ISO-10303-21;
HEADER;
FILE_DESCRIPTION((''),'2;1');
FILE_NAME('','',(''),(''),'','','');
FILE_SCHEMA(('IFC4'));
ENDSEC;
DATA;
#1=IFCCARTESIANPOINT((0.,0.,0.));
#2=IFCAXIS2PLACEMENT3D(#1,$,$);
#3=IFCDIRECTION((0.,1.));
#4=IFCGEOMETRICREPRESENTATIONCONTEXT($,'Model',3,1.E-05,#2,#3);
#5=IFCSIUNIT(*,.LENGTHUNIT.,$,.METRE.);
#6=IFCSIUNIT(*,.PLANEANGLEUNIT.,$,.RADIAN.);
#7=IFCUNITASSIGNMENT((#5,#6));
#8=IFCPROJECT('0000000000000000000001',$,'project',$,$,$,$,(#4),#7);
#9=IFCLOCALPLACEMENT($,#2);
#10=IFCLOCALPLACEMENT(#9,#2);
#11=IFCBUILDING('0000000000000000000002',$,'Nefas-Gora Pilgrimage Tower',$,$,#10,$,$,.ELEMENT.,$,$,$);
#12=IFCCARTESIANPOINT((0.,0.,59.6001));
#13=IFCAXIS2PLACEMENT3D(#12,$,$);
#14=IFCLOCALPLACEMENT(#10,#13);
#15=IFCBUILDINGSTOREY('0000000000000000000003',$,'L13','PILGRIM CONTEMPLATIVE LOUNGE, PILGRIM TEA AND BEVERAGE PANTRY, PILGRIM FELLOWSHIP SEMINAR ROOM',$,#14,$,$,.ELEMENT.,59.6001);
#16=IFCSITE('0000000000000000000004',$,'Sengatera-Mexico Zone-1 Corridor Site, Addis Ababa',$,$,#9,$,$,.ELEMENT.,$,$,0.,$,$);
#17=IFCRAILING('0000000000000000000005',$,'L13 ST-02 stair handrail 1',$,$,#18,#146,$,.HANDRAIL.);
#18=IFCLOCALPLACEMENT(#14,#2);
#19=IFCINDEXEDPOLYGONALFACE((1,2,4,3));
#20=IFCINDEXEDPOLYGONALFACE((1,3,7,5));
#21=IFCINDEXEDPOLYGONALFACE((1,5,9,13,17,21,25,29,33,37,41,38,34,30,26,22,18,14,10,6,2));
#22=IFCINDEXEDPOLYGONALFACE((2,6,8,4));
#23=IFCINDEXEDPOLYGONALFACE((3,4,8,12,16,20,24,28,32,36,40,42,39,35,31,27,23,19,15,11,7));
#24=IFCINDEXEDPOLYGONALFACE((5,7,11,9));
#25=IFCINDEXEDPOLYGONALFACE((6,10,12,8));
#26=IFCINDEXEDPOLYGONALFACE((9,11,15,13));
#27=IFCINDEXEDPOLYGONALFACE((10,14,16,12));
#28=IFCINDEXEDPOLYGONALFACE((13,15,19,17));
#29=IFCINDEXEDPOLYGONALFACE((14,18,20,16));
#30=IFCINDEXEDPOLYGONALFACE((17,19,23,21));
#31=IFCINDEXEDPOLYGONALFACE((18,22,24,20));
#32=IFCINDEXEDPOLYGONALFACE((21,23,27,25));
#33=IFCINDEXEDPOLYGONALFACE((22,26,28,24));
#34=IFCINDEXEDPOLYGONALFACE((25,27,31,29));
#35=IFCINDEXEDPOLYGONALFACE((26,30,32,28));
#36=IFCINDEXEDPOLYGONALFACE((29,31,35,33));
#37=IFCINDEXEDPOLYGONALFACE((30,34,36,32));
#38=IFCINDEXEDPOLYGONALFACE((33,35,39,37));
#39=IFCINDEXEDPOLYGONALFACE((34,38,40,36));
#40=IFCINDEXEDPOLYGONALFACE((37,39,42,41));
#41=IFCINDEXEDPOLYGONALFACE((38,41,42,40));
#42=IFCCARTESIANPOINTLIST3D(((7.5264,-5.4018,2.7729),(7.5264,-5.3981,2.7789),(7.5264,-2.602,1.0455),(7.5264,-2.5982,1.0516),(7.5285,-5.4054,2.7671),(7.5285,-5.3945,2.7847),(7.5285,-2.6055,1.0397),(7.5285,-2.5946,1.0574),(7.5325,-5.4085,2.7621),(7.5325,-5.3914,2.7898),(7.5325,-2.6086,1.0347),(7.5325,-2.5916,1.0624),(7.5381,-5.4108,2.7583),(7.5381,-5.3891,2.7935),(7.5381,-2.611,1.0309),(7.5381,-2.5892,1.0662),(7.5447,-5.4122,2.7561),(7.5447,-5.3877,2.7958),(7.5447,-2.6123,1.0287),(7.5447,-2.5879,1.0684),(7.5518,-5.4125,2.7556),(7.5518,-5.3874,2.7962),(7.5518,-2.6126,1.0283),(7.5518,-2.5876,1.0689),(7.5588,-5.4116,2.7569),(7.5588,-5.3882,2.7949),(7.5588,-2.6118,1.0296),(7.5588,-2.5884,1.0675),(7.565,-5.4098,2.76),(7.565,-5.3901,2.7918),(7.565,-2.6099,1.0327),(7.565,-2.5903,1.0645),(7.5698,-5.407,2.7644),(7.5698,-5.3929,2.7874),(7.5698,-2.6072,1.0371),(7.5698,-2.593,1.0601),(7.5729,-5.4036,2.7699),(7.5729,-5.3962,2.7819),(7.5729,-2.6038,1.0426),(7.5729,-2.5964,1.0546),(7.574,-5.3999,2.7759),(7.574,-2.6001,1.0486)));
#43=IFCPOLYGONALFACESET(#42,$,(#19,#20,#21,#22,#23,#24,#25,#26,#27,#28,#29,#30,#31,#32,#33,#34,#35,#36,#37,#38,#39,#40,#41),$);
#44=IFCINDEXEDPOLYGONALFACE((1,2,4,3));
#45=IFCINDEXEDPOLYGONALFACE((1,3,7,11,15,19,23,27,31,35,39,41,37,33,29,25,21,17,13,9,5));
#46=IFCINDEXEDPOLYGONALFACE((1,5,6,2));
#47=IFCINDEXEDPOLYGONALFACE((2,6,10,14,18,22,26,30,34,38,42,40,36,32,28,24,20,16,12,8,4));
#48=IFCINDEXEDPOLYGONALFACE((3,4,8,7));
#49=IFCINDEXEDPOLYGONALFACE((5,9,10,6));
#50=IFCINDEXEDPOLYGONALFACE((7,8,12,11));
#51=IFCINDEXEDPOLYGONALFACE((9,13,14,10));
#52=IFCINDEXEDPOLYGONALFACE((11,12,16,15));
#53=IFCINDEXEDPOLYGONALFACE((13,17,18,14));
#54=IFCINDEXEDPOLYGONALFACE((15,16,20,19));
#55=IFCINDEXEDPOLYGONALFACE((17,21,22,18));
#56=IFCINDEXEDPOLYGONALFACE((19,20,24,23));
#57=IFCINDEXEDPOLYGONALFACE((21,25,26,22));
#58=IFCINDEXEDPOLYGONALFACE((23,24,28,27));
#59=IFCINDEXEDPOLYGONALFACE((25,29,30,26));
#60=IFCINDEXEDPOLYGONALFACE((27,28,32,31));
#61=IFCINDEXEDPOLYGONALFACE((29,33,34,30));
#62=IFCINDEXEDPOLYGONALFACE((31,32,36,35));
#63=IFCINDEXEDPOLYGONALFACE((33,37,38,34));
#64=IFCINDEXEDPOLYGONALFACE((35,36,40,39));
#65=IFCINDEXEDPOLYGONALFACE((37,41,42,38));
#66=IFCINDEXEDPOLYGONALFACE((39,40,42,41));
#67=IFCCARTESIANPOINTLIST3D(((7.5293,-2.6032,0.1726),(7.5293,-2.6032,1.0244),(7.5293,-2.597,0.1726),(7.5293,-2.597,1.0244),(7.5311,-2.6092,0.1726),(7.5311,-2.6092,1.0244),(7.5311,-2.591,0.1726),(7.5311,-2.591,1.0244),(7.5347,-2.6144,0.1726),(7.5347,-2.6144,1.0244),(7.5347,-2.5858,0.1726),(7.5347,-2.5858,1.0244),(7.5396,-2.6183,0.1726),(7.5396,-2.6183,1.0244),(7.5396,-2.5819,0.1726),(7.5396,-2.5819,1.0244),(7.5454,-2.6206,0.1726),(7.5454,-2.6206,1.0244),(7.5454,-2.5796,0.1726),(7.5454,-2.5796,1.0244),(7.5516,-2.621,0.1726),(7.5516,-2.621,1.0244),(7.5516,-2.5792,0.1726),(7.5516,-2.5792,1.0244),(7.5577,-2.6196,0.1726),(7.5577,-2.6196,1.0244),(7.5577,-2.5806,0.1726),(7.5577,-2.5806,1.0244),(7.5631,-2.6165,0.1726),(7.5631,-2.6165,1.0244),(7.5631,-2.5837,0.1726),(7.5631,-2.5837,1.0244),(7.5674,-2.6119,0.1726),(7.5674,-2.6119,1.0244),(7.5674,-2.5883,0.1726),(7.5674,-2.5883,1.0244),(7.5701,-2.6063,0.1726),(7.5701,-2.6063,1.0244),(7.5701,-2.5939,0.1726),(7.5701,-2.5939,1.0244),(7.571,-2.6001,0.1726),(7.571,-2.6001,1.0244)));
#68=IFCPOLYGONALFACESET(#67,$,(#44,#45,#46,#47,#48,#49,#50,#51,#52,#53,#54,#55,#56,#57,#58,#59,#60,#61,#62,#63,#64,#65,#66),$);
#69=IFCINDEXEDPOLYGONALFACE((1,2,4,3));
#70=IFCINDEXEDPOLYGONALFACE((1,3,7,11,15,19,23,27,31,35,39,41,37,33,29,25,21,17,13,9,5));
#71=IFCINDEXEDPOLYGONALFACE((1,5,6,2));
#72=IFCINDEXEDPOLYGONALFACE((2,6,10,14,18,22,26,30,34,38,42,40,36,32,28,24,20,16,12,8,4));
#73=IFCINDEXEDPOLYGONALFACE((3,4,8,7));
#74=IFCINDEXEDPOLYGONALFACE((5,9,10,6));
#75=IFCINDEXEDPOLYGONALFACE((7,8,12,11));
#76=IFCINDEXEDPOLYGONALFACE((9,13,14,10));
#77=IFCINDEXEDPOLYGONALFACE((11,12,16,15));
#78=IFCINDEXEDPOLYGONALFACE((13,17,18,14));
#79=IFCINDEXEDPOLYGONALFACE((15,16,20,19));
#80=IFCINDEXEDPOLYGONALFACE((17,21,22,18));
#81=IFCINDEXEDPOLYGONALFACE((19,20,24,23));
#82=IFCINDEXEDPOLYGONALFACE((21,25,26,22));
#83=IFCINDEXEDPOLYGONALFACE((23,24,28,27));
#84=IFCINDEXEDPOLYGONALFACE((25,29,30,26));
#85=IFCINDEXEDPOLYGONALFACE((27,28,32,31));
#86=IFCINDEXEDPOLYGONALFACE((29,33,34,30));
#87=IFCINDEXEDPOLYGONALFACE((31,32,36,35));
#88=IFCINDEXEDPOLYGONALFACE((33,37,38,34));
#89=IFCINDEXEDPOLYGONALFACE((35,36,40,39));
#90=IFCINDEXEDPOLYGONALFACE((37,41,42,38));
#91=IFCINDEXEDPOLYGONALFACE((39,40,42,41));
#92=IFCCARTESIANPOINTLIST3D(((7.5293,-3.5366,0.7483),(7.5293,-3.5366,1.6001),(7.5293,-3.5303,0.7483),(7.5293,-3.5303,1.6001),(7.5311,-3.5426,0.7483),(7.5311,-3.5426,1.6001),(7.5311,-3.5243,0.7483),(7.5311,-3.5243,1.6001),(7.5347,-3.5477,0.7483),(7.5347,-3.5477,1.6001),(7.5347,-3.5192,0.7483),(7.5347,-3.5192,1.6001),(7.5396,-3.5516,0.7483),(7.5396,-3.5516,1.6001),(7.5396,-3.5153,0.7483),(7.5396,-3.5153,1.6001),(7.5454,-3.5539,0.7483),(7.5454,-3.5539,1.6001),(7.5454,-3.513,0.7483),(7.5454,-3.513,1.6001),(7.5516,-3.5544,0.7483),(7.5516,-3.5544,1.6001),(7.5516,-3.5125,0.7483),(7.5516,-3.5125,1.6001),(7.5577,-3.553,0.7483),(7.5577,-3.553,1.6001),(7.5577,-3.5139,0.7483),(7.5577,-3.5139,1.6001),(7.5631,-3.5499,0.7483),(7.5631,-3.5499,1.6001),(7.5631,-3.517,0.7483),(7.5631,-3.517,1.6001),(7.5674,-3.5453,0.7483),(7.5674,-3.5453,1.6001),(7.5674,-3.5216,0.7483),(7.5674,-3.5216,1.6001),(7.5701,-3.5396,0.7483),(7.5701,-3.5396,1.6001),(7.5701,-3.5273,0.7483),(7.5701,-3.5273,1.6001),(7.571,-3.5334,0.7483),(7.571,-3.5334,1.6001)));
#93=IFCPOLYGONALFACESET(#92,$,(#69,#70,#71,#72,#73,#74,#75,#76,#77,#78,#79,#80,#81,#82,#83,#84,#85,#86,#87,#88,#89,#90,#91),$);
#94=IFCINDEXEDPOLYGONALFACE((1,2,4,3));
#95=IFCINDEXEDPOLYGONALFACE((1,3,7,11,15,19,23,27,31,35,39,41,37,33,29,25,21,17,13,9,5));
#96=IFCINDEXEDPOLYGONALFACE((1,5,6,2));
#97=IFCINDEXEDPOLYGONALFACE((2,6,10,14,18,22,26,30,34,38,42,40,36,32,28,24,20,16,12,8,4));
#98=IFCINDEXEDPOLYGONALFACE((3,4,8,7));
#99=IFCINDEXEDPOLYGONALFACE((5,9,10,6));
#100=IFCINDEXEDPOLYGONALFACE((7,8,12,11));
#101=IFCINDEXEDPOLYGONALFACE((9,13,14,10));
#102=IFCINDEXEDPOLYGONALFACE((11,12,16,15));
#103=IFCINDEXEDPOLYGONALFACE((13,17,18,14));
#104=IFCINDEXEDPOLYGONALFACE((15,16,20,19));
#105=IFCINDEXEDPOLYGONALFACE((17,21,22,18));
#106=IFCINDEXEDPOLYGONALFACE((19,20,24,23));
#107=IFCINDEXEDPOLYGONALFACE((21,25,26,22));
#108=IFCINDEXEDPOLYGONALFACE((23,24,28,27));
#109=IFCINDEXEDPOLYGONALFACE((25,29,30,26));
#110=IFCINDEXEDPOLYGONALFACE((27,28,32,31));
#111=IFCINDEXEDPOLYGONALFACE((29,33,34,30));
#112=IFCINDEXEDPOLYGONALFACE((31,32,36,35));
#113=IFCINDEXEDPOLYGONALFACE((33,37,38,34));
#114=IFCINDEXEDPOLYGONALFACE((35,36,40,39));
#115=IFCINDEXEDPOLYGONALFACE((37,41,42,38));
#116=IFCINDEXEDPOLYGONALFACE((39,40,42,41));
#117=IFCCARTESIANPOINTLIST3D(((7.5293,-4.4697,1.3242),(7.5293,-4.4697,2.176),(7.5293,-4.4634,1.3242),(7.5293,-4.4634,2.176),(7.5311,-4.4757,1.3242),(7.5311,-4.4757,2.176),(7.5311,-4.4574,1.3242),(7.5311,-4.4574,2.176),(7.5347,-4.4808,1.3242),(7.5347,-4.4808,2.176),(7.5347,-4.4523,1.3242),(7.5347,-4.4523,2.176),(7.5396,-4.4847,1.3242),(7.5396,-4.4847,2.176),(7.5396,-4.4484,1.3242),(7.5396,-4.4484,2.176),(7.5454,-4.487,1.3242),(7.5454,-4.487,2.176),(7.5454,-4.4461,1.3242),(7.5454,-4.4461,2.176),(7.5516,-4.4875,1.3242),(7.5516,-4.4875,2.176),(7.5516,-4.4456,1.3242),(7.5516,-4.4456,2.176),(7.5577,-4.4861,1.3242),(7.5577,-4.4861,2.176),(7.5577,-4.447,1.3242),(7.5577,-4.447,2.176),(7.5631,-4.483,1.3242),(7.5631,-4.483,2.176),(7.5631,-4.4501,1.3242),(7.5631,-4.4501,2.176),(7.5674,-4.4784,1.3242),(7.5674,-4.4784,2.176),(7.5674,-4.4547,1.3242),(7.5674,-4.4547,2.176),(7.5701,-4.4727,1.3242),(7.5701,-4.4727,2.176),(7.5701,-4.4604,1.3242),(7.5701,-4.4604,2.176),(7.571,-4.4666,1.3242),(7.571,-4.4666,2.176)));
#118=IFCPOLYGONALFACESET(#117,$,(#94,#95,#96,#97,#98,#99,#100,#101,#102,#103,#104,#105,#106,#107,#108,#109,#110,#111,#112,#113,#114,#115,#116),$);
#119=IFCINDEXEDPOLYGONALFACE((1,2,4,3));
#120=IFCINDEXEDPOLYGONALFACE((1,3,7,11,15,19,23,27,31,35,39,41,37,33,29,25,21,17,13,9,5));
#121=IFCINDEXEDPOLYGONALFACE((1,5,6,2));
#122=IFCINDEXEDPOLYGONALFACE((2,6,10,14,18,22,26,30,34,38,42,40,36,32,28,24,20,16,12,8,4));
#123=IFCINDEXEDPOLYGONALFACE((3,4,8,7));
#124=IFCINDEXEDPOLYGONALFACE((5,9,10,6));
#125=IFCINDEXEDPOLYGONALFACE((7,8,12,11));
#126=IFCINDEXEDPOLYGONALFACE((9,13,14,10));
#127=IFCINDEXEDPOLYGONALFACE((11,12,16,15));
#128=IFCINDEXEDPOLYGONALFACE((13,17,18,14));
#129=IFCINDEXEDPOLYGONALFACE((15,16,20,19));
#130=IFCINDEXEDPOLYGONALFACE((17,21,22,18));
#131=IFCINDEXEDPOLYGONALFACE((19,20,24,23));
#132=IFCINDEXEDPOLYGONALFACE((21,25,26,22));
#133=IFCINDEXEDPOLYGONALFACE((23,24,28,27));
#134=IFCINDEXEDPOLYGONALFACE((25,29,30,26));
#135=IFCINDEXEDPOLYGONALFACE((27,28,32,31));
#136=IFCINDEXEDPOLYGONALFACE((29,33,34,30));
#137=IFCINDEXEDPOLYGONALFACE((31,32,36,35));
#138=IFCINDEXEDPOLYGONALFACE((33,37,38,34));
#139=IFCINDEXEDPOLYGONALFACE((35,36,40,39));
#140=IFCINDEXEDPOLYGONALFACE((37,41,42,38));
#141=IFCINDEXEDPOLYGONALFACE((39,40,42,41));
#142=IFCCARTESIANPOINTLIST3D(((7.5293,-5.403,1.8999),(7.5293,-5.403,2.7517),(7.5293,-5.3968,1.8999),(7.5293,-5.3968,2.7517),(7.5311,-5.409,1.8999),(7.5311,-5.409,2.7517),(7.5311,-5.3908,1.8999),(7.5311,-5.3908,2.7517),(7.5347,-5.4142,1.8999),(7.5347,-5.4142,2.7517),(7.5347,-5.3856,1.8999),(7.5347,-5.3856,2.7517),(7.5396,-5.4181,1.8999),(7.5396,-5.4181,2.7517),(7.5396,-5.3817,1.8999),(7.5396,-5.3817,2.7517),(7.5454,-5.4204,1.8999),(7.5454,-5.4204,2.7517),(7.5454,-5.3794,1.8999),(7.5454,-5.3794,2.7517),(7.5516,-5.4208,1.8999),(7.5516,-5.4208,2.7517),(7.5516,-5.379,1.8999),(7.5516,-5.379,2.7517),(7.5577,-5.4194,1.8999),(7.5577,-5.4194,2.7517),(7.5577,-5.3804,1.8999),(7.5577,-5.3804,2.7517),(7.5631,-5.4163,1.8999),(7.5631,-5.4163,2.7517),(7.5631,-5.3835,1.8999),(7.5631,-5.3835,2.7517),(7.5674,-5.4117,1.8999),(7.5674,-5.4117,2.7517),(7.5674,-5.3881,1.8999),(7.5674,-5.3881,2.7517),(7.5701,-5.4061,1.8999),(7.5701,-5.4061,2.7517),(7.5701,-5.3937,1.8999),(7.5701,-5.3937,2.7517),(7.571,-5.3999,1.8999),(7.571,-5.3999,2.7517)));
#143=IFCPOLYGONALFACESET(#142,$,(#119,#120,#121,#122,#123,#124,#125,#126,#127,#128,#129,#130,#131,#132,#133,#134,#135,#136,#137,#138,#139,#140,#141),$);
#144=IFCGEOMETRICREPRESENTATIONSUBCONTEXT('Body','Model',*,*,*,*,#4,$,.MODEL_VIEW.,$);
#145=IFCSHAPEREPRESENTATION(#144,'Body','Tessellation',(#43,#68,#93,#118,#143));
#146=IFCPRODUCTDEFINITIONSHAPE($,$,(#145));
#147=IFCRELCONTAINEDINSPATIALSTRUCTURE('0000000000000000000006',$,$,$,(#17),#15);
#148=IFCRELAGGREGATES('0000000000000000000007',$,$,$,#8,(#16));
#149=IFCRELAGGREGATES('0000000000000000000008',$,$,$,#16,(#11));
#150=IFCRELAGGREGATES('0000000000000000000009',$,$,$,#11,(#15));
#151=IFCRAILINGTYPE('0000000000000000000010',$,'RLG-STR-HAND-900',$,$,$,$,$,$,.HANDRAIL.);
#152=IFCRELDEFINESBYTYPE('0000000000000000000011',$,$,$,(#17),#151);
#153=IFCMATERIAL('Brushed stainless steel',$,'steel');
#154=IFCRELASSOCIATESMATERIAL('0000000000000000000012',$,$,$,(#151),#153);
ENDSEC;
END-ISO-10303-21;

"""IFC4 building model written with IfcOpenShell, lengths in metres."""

from ifc_helpers import new_model, si_unit, direction, frame, origin, origin_2d, place, context, subcontext, project, spatial, circle, extrude, material, type_object, element, save


model = new_model("IFC4")

# Units and contexts
model_context = context("Model", 3, precision=1e-05, world=origin(), true_north=direction((0.0, 1.0)))
body_context = subcontext(model_context, "Body", "Model", "MODEL_VIEW")
ifc_project = project(units=[si_unit("LENGTHUNIT", "METRE"), si_unit("PLANEANGLEUNIT", "RADIAN")], contexts=[model_context])

# Site, building, storey
site_placement = place(None, origin())
site = spatial("IfcSite", under=ifc_project, at=site_placement, Name="Sengatera-Mexico Zone-1 Corridor Site, Addis Ababa", CompositionType="ELEMENT", RefElevation=0.0)
building_placement = place(site_placement, origin())
building = spatial("IfcBuilding", under=site, at=building_placement, Name="Nefas-Gora Pilgrimage Tower", CompositionType="ELEMENT")
storey_placement = place(building_placement, frame((0.0, 0.0, 59.6001)))
storey = spatial("IfcBuildingStorey", under=building, at=storey_placement, Name="L13", Description="PILGRIM CONTEMPLATIVE LOUNGE, PILGRIM TEA AND BEVERAGE PANTRY, PILGRIM FELLOWSHIP SEMINAR ROOM", CompositionType="ELEMENT", Elevation=59.6001)

# Railing
ifc_material_1 = material(Name="Brushed stainless steel", Category="steel")
railing_type_1 = type_object("IfcRailingType", Name="RLG-STR-HAND-900", PredefinedType="HANDRAIL", material=ifc_material_1)
railing_1_placement = place(storey_placement, frame((7.55, -2.6001, 0.1726)))
element("IfcRailing", 1, at=railing_1_placement, inside=storey, type_object=railing_type_1, Name="L13 ST-02 stair handrail 1", PredefinedType="HANDRAIL", context=body_context, shape_type="SweptSolid", body=[
    extrude(circle(Radius=0.0239, at=origin_2d()), frame((0.0, 0.0, 0.876), z_axis=(0.0, -0.851069, 0.525054), x_axis=(1.0, 0.0, 0.0)), (0.0, 0.0, 1.0), 3.2898),
    extrude(circle(Radius=0.021, at=origin_2d()), origin(), (0.0, 0.0, 1.0), 0.8518),
    extrude(circle(Radius=0.021, at=origin_2d()), frame((0.0, -0.9333, 0.5757)), (0.0, 0.0, 1.0), 0.8518),
    extrude(circle(Radius=0.021, at=origin_2d()), frame((0.0, -1.8665, 1.1516)), (0.0, 0.0, 1.0), 0.8518),
    extrude(circle(Radius=0.021, at=origin_2d()), frame((0.0, -2.7998, 1.7273)), (0.0, 0.0, 1.0), 0.8518),
])

save(model, "model.ifc")
